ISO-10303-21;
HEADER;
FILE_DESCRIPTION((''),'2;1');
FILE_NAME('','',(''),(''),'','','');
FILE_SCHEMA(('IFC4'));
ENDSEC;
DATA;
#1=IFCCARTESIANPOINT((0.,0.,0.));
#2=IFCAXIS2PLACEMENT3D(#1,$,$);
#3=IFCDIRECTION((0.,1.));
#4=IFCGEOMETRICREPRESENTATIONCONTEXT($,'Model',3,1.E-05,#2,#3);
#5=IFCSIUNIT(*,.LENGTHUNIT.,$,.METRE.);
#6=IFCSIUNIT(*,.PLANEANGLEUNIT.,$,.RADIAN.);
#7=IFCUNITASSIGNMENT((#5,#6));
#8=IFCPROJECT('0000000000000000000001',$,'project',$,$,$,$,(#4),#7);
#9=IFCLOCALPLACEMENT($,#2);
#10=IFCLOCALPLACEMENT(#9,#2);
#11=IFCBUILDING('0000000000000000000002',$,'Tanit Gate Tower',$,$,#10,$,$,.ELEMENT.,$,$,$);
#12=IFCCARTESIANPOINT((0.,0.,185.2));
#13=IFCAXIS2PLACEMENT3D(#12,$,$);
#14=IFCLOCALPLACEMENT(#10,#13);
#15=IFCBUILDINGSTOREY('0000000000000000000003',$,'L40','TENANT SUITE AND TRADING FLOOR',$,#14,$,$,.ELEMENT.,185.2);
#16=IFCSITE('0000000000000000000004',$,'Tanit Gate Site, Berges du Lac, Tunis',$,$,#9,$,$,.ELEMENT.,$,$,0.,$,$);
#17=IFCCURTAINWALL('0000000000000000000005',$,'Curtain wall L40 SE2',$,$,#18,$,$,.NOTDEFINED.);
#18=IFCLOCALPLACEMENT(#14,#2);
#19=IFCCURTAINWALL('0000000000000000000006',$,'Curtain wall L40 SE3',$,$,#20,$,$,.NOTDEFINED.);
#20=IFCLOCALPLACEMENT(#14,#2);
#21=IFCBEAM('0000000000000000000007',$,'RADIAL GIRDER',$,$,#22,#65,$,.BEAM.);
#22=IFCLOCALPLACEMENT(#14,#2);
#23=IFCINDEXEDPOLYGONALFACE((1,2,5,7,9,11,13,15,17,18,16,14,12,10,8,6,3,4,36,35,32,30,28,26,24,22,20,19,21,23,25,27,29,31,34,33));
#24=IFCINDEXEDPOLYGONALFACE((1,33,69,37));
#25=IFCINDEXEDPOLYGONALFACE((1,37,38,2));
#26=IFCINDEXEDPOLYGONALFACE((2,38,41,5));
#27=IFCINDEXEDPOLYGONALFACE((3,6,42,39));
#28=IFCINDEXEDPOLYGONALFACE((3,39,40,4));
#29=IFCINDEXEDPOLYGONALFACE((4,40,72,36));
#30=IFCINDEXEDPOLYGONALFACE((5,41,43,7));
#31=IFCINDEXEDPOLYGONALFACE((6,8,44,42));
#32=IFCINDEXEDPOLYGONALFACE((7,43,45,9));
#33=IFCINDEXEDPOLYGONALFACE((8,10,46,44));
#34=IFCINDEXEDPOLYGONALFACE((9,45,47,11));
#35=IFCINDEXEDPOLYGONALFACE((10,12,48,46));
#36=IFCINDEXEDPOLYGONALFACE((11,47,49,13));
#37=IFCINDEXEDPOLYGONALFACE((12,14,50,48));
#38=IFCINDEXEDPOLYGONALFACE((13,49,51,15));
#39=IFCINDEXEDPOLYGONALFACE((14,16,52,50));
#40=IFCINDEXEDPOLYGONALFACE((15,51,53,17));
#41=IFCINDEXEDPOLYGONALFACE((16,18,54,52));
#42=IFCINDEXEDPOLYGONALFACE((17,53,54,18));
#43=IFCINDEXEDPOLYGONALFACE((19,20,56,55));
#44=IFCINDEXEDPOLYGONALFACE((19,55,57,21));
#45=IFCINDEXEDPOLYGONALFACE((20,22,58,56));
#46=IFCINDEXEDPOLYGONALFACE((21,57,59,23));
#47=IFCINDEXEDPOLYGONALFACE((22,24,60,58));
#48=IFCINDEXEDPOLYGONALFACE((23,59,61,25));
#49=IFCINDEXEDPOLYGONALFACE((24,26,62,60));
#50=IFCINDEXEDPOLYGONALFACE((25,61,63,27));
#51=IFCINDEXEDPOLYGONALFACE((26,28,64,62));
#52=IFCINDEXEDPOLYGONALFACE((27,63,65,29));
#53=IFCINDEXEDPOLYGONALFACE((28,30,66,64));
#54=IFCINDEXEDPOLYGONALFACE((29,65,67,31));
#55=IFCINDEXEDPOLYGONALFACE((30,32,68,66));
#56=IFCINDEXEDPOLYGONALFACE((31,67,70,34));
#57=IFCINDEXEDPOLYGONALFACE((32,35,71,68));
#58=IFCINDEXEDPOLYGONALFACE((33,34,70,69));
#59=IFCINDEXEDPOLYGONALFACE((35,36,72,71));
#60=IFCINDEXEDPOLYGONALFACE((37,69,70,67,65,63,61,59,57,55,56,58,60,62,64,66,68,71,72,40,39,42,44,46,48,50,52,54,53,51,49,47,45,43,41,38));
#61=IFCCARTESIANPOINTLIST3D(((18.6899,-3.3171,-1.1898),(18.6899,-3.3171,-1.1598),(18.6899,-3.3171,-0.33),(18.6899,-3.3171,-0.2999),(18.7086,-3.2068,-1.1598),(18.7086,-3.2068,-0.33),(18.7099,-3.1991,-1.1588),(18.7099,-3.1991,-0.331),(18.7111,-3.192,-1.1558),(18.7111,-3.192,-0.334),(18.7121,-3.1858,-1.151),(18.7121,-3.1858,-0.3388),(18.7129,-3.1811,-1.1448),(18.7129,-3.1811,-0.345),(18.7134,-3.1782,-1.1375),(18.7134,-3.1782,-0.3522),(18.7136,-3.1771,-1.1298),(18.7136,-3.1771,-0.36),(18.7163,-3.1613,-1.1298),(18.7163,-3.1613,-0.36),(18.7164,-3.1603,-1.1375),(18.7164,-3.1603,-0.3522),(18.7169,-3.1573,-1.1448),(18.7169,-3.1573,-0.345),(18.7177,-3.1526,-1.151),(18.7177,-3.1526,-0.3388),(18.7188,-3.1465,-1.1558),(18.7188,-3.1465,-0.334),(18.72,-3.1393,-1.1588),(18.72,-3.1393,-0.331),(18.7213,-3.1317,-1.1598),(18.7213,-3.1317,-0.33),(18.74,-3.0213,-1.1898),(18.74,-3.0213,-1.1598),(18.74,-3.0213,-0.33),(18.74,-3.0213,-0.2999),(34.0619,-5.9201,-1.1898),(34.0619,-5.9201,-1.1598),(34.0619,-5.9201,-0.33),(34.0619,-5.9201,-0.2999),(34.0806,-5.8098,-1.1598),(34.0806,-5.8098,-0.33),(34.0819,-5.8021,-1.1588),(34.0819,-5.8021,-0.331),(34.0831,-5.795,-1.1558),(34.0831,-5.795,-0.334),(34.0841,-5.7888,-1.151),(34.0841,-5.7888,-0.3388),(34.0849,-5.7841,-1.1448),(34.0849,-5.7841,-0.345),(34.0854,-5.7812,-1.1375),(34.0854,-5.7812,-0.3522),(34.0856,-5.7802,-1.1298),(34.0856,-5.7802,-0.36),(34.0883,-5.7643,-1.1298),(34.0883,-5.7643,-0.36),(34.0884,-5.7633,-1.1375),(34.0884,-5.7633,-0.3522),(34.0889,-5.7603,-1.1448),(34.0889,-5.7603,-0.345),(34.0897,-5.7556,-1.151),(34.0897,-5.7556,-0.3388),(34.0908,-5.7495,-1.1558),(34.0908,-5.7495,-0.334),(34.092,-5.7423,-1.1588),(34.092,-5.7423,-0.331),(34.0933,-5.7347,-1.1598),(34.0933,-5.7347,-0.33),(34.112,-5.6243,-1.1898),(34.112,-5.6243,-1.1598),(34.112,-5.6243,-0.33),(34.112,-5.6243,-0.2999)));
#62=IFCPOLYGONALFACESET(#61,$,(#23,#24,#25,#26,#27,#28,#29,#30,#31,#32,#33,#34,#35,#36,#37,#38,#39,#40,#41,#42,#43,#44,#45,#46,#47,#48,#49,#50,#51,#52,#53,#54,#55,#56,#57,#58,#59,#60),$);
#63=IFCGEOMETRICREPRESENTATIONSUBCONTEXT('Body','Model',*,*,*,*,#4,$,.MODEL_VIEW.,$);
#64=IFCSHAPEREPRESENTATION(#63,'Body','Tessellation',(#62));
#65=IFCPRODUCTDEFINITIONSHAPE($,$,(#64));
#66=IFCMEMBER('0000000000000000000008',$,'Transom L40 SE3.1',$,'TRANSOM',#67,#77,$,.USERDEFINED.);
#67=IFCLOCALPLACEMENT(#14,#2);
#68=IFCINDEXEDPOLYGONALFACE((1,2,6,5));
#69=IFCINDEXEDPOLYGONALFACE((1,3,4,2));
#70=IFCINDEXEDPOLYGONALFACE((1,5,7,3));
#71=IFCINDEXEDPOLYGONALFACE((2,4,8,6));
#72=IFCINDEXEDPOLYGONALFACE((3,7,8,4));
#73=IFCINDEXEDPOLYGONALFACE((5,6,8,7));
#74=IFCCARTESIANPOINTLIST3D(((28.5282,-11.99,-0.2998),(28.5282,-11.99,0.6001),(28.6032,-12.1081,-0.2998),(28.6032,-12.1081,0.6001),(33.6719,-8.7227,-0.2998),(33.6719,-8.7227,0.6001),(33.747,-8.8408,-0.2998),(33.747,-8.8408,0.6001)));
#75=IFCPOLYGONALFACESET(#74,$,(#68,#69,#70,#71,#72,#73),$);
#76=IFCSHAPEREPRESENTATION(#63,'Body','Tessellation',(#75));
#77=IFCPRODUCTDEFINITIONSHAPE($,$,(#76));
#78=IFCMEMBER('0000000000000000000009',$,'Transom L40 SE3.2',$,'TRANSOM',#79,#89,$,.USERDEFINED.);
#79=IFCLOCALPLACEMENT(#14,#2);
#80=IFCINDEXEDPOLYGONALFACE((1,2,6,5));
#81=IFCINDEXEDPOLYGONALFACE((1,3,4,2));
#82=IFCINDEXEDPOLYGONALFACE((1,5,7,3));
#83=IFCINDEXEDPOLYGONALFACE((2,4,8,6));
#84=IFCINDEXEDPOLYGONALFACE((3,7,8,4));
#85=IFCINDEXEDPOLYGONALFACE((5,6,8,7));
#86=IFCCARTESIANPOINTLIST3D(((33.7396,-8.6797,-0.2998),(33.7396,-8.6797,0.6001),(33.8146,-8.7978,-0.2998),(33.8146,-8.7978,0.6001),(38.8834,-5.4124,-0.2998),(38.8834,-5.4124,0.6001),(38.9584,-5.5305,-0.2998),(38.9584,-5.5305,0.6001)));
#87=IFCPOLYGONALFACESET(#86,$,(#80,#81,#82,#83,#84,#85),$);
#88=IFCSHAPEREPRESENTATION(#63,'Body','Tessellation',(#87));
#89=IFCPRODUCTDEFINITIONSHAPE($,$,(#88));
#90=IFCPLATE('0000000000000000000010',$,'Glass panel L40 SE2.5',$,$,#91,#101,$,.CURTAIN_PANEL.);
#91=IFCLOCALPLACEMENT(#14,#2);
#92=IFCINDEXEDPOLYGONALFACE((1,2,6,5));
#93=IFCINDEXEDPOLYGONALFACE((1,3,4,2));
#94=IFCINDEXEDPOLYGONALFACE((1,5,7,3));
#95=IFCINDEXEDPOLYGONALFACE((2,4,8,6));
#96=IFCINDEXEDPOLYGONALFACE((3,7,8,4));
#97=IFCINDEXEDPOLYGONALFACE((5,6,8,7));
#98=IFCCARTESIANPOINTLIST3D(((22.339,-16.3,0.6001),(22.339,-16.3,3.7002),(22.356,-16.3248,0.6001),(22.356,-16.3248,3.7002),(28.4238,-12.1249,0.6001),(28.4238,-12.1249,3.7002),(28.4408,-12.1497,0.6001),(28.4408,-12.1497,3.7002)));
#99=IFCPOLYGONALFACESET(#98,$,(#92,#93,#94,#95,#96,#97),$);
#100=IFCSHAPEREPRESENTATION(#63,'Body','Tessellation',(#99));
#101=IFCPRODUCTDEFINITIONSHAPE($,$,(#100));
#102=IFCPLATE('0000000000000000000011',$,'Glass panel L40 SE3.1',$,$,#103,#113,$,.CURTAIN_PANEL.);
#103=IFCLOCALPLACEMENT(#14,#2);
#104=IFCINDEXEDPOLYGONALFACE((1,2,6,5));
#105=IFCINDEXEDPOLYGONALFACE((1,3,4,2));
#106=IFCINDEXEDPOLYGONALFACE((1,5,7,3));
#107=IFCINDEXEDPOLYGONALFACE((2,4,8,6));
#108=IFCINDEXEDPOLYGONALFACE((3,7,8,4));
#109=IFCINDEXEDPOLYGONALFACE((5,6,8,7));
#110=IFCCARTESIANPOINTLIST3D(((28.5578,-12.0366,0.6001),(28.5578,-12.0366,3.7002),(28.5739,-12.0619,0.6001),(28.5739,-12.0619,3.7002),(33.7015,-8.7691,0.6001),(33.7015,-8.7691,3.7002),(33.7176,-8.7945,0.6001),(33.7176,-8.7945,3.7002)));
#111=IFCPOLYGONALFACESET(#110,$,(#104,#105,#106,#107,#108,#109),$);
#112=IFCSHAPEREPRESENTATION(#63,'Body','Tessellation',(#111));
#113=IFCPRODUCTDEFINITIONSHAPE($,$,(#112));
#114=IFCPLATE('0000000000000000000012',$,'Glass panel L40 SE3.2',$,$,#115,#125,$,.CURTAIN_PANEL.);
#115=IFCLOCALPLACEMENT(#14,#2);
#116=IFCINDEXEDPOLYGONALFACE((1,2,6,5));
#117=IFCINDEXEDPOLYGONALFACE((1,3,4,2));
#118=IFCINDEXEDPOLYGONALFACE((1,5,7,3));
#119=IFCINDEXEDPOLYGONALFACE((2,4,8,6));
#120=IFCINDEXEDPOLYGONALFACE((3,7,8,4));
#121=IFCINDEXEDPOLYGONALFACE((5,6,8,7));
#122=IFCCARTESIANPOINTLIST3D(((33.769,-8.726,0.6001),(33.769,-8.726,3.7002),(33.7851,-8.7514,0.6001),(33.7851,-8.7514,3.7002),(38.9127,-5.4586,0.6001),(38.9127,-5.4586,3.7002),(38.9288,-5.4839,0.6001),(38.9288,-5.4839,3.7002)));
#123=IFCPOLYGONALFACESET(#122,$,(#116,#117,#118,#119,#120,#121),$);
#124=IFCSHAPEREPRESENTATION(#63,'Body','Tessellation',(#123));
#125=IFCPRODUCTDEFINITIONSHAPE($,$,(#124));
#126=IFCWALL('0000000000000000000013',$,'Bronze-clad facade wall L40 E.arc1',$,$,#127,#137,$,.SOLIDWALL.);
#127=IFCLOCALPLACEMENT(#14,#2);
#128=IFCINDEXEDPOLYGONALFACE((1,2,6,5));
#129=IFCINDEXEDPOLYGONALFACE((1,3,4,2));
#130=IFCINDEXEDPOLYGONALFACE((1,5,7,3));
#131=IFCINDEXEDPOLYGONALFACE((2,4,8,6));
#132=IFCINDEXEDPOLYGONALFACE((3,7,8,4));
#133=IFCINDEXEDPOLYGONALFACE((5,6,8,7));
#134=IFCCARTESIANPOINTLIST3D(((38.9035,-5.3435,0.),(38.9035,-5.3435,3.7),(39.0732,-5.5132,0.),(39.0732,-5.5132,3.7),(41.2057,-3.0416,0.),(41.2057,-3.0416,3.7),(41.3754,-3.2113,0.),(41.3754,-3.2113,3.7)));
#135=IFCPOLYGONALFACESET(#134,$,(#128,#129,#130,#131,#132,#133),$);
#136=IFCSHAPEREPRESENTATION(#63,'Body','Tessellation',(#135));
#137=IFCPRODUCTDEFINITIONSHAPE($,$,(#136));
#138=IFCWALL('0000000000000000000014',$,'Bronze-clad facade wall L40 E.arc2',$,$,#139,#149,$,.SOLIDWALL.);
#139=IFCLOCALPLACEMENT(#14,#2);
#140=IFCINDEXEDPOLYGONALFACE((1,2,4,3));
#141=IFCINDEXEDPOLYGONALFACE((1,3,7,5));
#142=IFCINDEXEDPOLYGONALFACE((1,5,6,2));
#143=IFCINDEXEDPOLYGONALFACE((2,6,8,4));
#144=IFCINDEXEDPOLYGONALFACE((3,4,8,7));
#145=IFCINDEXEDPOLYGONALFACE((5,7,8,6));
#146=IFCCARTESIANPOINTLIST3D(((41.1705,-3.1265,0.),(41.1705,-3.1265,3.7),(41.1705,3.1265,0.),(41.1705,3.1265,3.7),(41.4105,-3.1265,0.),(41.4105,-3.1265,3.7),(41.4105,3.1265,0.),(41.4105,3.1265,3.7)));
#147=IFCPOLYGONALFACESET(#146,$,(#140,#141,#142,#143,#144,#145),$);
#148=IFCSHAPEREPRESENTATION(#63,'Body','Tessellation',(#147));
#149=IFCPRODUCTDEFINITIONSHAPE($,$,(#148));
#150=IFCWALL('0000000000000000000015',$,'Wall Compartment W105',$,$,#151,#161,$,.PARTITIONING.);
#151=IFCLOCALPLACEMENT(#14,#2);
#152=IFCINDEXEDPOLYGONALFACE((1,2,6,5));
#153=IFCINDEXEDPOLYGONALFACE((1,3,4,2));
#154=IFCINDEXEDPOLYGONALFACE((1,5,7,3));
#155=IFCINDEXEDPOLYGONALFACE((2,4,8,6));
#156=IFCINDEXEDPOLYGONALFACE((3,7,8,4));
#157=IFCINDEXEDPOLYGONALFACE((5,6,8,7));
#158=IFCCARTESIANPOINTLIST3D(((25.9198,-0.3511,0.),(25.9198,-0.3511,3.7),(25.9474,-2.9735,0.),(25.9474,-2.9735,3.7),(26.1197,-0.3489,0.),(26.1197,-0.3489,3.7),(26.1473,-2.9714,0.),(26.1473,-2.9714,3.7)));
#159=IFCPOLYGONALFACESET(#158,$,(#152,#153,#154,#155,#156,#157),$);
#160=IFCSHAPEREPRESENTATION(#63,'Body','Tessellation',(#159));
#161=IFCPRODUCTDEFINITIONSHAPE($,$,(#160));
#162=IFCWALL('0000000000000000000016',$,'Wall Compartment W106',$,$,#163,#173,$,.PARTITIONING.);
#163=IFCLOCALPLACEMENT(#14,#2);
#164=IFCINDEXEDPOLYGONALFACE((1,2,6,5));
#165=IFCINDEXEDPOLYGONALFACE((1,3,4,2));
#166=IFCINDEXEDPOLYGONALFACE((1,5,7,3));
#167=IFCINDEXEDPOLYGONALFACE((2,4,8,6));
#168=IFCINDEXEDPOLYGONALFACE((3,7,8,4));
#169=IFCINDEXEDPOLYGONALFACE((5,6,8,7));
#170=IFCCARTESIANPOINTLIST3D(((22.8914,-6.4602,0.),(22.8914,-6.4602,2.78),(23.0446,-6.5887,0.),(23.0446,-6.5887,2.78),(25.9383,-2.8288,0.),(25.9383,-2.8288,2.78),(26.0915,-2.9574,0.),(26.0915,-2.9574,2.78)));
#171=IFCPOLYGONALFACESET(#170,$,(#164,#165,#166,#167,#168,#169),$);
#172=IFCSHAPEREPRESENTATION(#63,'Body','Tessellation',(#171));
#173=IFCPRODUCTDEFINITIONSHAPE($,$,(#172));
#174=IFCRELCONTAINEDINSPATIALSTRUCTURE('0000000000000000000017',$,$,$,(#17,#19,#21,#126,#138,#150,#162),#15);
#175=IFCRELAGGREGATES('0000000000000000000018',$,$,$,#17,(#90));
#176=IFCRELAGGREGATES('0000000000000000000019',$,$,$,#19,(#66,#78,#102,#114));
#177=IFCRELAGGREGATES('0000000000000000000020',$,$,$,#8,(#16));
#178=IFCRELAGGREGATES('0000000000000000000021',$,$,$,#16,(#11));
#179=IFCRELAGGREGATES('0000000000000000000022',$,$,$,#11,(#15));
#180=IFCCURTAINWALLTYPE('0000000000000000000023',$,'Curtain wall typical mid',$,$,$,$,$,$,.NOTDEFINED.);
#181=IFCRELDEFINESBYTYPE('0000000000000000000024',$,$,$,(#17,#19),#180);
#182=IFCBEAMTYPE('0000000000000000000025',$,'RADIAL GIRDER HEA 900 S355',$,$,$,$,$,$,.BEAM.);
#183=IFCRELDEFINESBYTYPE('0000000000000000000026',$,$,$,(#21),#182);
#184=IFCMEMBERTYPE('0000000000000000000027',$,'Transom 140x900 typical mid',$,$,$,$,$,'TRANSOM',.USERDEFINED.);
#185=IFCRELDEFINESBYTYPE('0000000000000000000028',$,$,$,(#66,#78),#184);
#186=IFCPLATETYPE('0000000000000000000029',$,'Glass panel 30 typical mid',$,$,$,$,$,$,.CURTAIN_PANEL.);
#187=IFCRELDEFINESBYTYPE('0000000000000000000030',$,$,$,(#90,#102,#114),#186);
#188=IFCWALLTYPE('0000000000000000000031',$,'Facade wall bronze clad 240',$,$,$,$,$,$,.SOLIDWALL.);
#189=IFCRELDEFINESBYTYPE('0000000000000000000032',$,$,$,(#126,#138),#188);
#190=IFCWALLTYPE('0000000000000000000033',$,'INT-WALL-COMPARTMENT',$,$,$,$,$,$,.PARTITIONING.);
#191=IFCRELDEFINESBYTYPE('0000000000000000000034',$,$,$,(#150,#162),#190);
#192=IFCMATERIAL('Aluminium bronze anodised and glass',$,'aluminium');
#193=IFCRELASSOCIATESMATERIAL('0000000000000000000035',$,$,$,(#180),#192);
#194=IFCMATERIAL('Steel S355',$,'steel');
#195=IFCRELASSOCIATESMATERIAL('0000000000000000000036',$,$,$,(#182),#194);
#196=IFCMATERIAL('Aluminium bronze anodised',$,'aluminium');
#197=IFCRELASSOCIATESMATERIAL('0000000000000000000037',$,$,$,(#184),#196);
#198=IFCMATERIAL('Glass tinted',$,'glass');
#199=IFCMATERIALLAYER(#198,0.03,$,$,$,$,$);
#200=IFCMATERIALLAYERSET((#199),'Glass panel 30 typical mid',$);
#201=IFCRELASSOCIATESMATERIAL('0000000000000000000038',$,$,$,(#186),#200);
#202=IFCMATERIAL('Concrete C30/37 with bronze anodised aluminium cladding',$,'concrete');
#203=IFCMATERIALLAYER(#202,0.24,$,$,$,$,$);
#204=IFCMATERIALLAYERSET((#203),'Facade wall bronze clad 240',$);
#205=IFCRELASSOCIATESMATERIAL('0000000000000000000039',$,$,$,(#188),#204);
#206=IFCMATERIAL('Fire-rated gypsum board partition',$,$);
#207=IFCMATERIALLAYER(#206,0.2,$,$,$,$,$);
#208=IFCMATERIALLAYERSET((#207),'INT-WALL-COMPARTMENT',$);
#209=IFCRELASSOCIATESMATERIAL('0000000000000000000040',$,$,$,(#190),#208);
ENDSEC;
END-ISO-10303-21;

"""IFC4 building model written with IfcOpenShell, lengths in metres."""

from ifc_helpers import new_model, si_unit, direction, frame, frame_2d, origin, origin_2d, place, context, subcontext, project, spatial, rectangle, i_section, extrude, material, layer, layer_set, material_profile, profile_set, type_object, element, aggregate, save


model = new_model("IFC4")

# Units and contexts
model_context = context("Model", 3, precision=1e-05, world=origin(), true_north=direction((0.0, 1.0)))
body_context = subcontext(model_context, "Body", "Model", "MODEL_VIEW")
ifc_project = project(units=[si_unit("LENGTHUNIT", "METRE"), si_unit("PLANEANGLEUNIT", "RADIAN")], contexts=[model_context])

# Site, building, storey
site_placement = place(None, origin())
site = spatial("IfcSite", under=ifc_project, at=site_placement, Name="Tanit Gate Site, Berges du Lac, Tunis", CompositionType="ELEMENT", RefElevation=0.0)
building_placement = place(site_placement, origin())
building = spatial("IfcBuilding", under=site, at=building_placement, Name="Tanit Gate Tower", CompositionType="ELEMENT")
storey_placement = place(building_placement, frame((0.0, 0.0, 185.2)))
storey = spatial("IfcBuildingStorey", under=building, at=storey_placement, Name="L40", Description="TENANT SUITE AND TRADING FLOOR", CompositionType="ELEMENT", Elevation=185.2)

# Curtain wall
ifc_material_1 = material(Name="Aluminium bronze anodised and glass", Category="aluminium")
curtain_wall_type = type_object("IfcCurtainWallType", Name="Curtain wall typical mid", PredefinedType="NOTDEFINED", material=ifc_material_1)
curtain_wall_1_placement = place(storey_placement, origin())
curtain_wall_1 = element("IfcCurtainWall", 1, at=curtain_wall_1_placement, inside=storey, type_object=curtain_wall_type, Name="Curtain wall L40 SE2", PredefinedType="NOTDEFINED")

# Curtain wall
curtain_wall_2_placement = place(storey_placement, origin())
curtain_wall_2 = element("IfcCurtainWall", 2, at=curtain_wall_2_placement, inside=storey, type_object=curtain_wall_type, Name="Curtain wall L40 SE3", PredefinedType="NOTDEFINED")

# Beam
ifc_material_2 = material(Name="Steel S355", Category="steel")
ifc_material_profile_1 = material_profile(ifc_material_2, i_section(OverallWidth=0.3, OverallDepth=0.8899, WebThickness=0.0161, FlangeThickness=0.03, FilletRadius=0.03, at=origin_2d()), Name="HEA 900")
ifc_profile_set_1 = profile_set([ifc_material_profile_1], Name="Steel S355")
beam_type_1 = type_object("IfcBeamType", Name="RADIAL GIRDER HEA 900 S355", PredefinedType="BEAM", material=ifc_profile_set_1)
beam_1_placement = place(storey_placement, frame((34.0869, -5.7722, -0.7449), z_axis=(-0.985964, 0.166958, 0.0), x_axis=(-0.166958, -0.985964, 0.0)))
element("IfcBeam", 3, at=beam_1_placement, inside=storey, type_object=beam_type_1, Name="RADIAL GIRDER", PredefinedType="BEAM", context=body_context, shape_type="SweptSolid", body=[
    extrude(i_section(OverallWidth=0.3, OverallDepth=0.8899, WebThickness=0.0161, FlangeThickness=0.03, FilletRadius=0.03, at=origin_2d()), origin(), (0.0, 0.0, 1.0), 15.5908),
])

# Members
ifc_material_3 = material(Name="Aluminium bronze anodised", Category="aluminium")
ifc_material_profile_2 = material_profile(ifc_material_3, rectangle(XDim=0.1399, YDim=0.8999, at=origin_2d()), Name="140x900 bronze transom")
ifc_profile_set_2 = profile_set([ifc_material_profile_2], Name="Aluminium bronze anodised")
member_type_1 = type_object("IfcMemberType", Name="Transom 140x900 typical mid", ElementType="TRANSOM", PredefinedType="USERDEFINED", material=ifc_profile_set_2)
member_1_placement = place(storey_placement, frame((28.5657, -12.0491, 0.1501), z_axis=(0.844107, 0.536175, 0.0), x_axis=(-0.536175, 0.844107, 0.0)))
member_1 = element("IfcMember", 4, at=member_1_placement, type_object=member_type_1, Name="Transom L40 SE3.1", ObjectType="TRANSOM", PredefinedType="USERDEFINED", context=body_context, shape_type="SweptSolid", body=[
    extrude(rectangle(XDim=0.1399, YDim=0.8999, at=origin_2d()), origin(), (0.0, 0.0, 1.0), 6.0938),
])
member_2_placement = place(storey_placement, frame((33.7771, -8.7388, 0.1501), z_axis=(0.844107, 0.536175, 0.0), x_axis=(-0.536175, 0.844107, 0.0)))
member_2 = element("IfcMember", 5, at=member_2_placement, type_object=member_type_1, Name="Transom L40 SE3.2", ObjectType="TRANSOM", PredefinedType="USERDEFINED", context=body_context, shape_type="SweptSolid", body=[
    extrude(rectangle(XDim=0.1399, YDim=0.8999, at=origin_2d()), origin(), (0.0, 0.0, 1.0), 6.0938),
])

# Plates
ifc_material_4 = material(Name="Glass tinted", Category="glass")
ifc_layer_1 = layer(ifc_material_4, 0.03)
ifc_layer_set_1 = layer_set([ifc_layer_1], Name="Glass panel 30 typical mid")
plate_type = type_object("IfcPlateType", Name="Glass panel 30 typical mid", PredefinedType="CURTAIN_PANEL", material=ifc_layer_set_1)
plate_1_placement = place(storey_placement, frame((25.3899, -14.2249, 0.6001), z_axis=(0.0, 0.0, 1.0), x_axis=(0.824557, 0.56578, 0.0)))
plate_1 = element("IfcPlate", 6, at=plate_1_placement, type_object=plate_type, Name="Glass panel L40 SE2.5", PredefinedType="CURTAIN_PANEL", context=body_context, shape_type="SweptSolid", body=[
    extrude(rectangle(XDim=7.3794, YDim=0.03, at=origin_2d()), origin(), (0.0, 0.0, 1.0), 3.1001),
])
aggregate(curtain_wall_1, [plate_1])
plate_2_placement = place(storey_placement, frame((31.1377, -10.4155, 0.6001), z_axis=(0.0, 0.0, 1.0), x_axis=(0.844097, 0.536191, 0.0)))
plate_2 = element("IfcPlate", 7, at=plate_2_placement, type_object=plate_type, Name="Glass panel L40 SE3.1", PredefinedType="CURTAIN_PANEL", context=body_context, shape_type="SweptSolid", body=[
    extrude(rectangle(XDim=6.0938, YDim=0.03, at=origin_2d()), origin(), (0.0, 0.0, 1.0), 3.1001),
])
plate_3_placement = place(storey_placement, frame((36.3489, -7.105, 0.6001), z_axis=(0.0, 0.0, 1.0), x_axis=(0.844097, 0.536191, 0.0)))
plate_3 = element("IfcPlate", 8, at=plate_3_placement, type_object=plate_type, Name="Glass panel L40 SE3.2", PredefinedType="CURTAIN_PANEL", context=body_context, shape_type="SweptSolid", body=[
    extrude(rectangle(XDim=6.0938, YDim=0.03, at=origin_2d()), origin(), (0.0, 0.0, 1.0), 3.1001),
])
aggregate(curtain_wall_2, [member_1, member_2, plate_2, plate_3])

# Walls
ifc_material_5 = material(Name="Concrete C30/37 with bronze anodised aluminium cladding", Category="concrete")
ifc_layer_2 = layer(ifc_material_5, 0.24)
ifc_layer_set_2 = layer_set([ifc_layer_2], Name="Facade wall bronze clad 240")
wall_type_1 = type_object("IfcWallType", Name="Facade wall bronze clad 240", PredefinedType="SOLIDWALL", material=ifc_layer_set_2)
wall_1_placement = place(storey_placement, frame((38.9883, -5.4285, 0.0), z_axis=(0.0, 0.0, 1.0), x_axis=(0.707144, 0.707069, 0.0)))
element("IfcWall", 9, at=wall_1_placement, inside=storey, type_object=wall_type_1, Name="Bronze-clad facade wall L40 E.arc1", PredefinedType="SOLIDWALL", context=body_context, shape_type="SweptSolid", body=[
    extrude(rectangle(XDim=3.2556, YDim=0.24, at=frame_2d((1.6279, 0.0))), origin(), (0.0, 0.0, 1.0), 3.7),
])
wall_2_placement = place(storey_placement, frame((41.2905, -3.1265, 0.0), z_axis=(0.0, 0.0, 1.0), x_axis=(0.0, 1.0, 0.0)))
element("IfcWall", 10, at=wall_2_placement, inside=storey, type_object=wall_type_1, Name="Bronze-clad facade wall L40 E.arc2", PredefinedType="SOLIDWALL", context=body_context, shape_type="SweptSolid", body=[
    extrude(rectangle(XDim=6.2529, YDim=0.24, at=frame_2d((3.1265, 0.0))), origin(), (0.0, 0.0, 1.0), 3.7),
])
ifc_material_6 = material(Name="Fire-rated gypsum board partition")
ifc_layer_3 = layer(ifc_material_6, 0.2)
ifc_layer_set_3 = layer_set([ifc_layer_3], Name="INT-WALL-COMPARTMENT")
wall_type_2 = type_object("IfcWallType", Name="INT-WALL-COMPARTMENT", PredefinedType="PARTITIONING", material=ifc_layer_set_3)
wall_3_placement = place(storey_placement, frame((26.0474, -2.9724, 0.0), z_axis=(0.0, 0.0, 1.0), x_axis=(-0.01052, 0.999945, 0.0)))
element("IfcWall", 11, at=wall_3_placement, inside=storey, type_object=wall_type_2, Name="Wall Compartment W105", PredefinedType="PARTITIONING", context=body_context, shape_type="SweptSolid", body=[
    extrude(rectangle(XDim=2.6226, YDim=0.2, at=frame_2d((1.3113, 0.0))), origin(), (0.0, 0.0, 1.0), 3.7),
])
wall_4_placement = place(storey_placement, frame((22.968, -6.5244, 0.0), z_axis=(0.0, 0.0, 1.0), x_axis=(0.642764, 0.766064, 0.0)))
element("IfcWall", 12, at=wall_4_placement, inside=storey, type_object=wall_type_2, Name="Wall Compartment W106", PredefinedType="PARTITIONING", context=body_context, shape_type="SweptSolid", body=[
    extrude(rectangle(XDim=4.7402, YDim=0.2, at=frame_2d((2.3701, 0.0))), origin(), (0.0, 0.0, 1.0), 2.78),
])

save(model, "model.ifc")
